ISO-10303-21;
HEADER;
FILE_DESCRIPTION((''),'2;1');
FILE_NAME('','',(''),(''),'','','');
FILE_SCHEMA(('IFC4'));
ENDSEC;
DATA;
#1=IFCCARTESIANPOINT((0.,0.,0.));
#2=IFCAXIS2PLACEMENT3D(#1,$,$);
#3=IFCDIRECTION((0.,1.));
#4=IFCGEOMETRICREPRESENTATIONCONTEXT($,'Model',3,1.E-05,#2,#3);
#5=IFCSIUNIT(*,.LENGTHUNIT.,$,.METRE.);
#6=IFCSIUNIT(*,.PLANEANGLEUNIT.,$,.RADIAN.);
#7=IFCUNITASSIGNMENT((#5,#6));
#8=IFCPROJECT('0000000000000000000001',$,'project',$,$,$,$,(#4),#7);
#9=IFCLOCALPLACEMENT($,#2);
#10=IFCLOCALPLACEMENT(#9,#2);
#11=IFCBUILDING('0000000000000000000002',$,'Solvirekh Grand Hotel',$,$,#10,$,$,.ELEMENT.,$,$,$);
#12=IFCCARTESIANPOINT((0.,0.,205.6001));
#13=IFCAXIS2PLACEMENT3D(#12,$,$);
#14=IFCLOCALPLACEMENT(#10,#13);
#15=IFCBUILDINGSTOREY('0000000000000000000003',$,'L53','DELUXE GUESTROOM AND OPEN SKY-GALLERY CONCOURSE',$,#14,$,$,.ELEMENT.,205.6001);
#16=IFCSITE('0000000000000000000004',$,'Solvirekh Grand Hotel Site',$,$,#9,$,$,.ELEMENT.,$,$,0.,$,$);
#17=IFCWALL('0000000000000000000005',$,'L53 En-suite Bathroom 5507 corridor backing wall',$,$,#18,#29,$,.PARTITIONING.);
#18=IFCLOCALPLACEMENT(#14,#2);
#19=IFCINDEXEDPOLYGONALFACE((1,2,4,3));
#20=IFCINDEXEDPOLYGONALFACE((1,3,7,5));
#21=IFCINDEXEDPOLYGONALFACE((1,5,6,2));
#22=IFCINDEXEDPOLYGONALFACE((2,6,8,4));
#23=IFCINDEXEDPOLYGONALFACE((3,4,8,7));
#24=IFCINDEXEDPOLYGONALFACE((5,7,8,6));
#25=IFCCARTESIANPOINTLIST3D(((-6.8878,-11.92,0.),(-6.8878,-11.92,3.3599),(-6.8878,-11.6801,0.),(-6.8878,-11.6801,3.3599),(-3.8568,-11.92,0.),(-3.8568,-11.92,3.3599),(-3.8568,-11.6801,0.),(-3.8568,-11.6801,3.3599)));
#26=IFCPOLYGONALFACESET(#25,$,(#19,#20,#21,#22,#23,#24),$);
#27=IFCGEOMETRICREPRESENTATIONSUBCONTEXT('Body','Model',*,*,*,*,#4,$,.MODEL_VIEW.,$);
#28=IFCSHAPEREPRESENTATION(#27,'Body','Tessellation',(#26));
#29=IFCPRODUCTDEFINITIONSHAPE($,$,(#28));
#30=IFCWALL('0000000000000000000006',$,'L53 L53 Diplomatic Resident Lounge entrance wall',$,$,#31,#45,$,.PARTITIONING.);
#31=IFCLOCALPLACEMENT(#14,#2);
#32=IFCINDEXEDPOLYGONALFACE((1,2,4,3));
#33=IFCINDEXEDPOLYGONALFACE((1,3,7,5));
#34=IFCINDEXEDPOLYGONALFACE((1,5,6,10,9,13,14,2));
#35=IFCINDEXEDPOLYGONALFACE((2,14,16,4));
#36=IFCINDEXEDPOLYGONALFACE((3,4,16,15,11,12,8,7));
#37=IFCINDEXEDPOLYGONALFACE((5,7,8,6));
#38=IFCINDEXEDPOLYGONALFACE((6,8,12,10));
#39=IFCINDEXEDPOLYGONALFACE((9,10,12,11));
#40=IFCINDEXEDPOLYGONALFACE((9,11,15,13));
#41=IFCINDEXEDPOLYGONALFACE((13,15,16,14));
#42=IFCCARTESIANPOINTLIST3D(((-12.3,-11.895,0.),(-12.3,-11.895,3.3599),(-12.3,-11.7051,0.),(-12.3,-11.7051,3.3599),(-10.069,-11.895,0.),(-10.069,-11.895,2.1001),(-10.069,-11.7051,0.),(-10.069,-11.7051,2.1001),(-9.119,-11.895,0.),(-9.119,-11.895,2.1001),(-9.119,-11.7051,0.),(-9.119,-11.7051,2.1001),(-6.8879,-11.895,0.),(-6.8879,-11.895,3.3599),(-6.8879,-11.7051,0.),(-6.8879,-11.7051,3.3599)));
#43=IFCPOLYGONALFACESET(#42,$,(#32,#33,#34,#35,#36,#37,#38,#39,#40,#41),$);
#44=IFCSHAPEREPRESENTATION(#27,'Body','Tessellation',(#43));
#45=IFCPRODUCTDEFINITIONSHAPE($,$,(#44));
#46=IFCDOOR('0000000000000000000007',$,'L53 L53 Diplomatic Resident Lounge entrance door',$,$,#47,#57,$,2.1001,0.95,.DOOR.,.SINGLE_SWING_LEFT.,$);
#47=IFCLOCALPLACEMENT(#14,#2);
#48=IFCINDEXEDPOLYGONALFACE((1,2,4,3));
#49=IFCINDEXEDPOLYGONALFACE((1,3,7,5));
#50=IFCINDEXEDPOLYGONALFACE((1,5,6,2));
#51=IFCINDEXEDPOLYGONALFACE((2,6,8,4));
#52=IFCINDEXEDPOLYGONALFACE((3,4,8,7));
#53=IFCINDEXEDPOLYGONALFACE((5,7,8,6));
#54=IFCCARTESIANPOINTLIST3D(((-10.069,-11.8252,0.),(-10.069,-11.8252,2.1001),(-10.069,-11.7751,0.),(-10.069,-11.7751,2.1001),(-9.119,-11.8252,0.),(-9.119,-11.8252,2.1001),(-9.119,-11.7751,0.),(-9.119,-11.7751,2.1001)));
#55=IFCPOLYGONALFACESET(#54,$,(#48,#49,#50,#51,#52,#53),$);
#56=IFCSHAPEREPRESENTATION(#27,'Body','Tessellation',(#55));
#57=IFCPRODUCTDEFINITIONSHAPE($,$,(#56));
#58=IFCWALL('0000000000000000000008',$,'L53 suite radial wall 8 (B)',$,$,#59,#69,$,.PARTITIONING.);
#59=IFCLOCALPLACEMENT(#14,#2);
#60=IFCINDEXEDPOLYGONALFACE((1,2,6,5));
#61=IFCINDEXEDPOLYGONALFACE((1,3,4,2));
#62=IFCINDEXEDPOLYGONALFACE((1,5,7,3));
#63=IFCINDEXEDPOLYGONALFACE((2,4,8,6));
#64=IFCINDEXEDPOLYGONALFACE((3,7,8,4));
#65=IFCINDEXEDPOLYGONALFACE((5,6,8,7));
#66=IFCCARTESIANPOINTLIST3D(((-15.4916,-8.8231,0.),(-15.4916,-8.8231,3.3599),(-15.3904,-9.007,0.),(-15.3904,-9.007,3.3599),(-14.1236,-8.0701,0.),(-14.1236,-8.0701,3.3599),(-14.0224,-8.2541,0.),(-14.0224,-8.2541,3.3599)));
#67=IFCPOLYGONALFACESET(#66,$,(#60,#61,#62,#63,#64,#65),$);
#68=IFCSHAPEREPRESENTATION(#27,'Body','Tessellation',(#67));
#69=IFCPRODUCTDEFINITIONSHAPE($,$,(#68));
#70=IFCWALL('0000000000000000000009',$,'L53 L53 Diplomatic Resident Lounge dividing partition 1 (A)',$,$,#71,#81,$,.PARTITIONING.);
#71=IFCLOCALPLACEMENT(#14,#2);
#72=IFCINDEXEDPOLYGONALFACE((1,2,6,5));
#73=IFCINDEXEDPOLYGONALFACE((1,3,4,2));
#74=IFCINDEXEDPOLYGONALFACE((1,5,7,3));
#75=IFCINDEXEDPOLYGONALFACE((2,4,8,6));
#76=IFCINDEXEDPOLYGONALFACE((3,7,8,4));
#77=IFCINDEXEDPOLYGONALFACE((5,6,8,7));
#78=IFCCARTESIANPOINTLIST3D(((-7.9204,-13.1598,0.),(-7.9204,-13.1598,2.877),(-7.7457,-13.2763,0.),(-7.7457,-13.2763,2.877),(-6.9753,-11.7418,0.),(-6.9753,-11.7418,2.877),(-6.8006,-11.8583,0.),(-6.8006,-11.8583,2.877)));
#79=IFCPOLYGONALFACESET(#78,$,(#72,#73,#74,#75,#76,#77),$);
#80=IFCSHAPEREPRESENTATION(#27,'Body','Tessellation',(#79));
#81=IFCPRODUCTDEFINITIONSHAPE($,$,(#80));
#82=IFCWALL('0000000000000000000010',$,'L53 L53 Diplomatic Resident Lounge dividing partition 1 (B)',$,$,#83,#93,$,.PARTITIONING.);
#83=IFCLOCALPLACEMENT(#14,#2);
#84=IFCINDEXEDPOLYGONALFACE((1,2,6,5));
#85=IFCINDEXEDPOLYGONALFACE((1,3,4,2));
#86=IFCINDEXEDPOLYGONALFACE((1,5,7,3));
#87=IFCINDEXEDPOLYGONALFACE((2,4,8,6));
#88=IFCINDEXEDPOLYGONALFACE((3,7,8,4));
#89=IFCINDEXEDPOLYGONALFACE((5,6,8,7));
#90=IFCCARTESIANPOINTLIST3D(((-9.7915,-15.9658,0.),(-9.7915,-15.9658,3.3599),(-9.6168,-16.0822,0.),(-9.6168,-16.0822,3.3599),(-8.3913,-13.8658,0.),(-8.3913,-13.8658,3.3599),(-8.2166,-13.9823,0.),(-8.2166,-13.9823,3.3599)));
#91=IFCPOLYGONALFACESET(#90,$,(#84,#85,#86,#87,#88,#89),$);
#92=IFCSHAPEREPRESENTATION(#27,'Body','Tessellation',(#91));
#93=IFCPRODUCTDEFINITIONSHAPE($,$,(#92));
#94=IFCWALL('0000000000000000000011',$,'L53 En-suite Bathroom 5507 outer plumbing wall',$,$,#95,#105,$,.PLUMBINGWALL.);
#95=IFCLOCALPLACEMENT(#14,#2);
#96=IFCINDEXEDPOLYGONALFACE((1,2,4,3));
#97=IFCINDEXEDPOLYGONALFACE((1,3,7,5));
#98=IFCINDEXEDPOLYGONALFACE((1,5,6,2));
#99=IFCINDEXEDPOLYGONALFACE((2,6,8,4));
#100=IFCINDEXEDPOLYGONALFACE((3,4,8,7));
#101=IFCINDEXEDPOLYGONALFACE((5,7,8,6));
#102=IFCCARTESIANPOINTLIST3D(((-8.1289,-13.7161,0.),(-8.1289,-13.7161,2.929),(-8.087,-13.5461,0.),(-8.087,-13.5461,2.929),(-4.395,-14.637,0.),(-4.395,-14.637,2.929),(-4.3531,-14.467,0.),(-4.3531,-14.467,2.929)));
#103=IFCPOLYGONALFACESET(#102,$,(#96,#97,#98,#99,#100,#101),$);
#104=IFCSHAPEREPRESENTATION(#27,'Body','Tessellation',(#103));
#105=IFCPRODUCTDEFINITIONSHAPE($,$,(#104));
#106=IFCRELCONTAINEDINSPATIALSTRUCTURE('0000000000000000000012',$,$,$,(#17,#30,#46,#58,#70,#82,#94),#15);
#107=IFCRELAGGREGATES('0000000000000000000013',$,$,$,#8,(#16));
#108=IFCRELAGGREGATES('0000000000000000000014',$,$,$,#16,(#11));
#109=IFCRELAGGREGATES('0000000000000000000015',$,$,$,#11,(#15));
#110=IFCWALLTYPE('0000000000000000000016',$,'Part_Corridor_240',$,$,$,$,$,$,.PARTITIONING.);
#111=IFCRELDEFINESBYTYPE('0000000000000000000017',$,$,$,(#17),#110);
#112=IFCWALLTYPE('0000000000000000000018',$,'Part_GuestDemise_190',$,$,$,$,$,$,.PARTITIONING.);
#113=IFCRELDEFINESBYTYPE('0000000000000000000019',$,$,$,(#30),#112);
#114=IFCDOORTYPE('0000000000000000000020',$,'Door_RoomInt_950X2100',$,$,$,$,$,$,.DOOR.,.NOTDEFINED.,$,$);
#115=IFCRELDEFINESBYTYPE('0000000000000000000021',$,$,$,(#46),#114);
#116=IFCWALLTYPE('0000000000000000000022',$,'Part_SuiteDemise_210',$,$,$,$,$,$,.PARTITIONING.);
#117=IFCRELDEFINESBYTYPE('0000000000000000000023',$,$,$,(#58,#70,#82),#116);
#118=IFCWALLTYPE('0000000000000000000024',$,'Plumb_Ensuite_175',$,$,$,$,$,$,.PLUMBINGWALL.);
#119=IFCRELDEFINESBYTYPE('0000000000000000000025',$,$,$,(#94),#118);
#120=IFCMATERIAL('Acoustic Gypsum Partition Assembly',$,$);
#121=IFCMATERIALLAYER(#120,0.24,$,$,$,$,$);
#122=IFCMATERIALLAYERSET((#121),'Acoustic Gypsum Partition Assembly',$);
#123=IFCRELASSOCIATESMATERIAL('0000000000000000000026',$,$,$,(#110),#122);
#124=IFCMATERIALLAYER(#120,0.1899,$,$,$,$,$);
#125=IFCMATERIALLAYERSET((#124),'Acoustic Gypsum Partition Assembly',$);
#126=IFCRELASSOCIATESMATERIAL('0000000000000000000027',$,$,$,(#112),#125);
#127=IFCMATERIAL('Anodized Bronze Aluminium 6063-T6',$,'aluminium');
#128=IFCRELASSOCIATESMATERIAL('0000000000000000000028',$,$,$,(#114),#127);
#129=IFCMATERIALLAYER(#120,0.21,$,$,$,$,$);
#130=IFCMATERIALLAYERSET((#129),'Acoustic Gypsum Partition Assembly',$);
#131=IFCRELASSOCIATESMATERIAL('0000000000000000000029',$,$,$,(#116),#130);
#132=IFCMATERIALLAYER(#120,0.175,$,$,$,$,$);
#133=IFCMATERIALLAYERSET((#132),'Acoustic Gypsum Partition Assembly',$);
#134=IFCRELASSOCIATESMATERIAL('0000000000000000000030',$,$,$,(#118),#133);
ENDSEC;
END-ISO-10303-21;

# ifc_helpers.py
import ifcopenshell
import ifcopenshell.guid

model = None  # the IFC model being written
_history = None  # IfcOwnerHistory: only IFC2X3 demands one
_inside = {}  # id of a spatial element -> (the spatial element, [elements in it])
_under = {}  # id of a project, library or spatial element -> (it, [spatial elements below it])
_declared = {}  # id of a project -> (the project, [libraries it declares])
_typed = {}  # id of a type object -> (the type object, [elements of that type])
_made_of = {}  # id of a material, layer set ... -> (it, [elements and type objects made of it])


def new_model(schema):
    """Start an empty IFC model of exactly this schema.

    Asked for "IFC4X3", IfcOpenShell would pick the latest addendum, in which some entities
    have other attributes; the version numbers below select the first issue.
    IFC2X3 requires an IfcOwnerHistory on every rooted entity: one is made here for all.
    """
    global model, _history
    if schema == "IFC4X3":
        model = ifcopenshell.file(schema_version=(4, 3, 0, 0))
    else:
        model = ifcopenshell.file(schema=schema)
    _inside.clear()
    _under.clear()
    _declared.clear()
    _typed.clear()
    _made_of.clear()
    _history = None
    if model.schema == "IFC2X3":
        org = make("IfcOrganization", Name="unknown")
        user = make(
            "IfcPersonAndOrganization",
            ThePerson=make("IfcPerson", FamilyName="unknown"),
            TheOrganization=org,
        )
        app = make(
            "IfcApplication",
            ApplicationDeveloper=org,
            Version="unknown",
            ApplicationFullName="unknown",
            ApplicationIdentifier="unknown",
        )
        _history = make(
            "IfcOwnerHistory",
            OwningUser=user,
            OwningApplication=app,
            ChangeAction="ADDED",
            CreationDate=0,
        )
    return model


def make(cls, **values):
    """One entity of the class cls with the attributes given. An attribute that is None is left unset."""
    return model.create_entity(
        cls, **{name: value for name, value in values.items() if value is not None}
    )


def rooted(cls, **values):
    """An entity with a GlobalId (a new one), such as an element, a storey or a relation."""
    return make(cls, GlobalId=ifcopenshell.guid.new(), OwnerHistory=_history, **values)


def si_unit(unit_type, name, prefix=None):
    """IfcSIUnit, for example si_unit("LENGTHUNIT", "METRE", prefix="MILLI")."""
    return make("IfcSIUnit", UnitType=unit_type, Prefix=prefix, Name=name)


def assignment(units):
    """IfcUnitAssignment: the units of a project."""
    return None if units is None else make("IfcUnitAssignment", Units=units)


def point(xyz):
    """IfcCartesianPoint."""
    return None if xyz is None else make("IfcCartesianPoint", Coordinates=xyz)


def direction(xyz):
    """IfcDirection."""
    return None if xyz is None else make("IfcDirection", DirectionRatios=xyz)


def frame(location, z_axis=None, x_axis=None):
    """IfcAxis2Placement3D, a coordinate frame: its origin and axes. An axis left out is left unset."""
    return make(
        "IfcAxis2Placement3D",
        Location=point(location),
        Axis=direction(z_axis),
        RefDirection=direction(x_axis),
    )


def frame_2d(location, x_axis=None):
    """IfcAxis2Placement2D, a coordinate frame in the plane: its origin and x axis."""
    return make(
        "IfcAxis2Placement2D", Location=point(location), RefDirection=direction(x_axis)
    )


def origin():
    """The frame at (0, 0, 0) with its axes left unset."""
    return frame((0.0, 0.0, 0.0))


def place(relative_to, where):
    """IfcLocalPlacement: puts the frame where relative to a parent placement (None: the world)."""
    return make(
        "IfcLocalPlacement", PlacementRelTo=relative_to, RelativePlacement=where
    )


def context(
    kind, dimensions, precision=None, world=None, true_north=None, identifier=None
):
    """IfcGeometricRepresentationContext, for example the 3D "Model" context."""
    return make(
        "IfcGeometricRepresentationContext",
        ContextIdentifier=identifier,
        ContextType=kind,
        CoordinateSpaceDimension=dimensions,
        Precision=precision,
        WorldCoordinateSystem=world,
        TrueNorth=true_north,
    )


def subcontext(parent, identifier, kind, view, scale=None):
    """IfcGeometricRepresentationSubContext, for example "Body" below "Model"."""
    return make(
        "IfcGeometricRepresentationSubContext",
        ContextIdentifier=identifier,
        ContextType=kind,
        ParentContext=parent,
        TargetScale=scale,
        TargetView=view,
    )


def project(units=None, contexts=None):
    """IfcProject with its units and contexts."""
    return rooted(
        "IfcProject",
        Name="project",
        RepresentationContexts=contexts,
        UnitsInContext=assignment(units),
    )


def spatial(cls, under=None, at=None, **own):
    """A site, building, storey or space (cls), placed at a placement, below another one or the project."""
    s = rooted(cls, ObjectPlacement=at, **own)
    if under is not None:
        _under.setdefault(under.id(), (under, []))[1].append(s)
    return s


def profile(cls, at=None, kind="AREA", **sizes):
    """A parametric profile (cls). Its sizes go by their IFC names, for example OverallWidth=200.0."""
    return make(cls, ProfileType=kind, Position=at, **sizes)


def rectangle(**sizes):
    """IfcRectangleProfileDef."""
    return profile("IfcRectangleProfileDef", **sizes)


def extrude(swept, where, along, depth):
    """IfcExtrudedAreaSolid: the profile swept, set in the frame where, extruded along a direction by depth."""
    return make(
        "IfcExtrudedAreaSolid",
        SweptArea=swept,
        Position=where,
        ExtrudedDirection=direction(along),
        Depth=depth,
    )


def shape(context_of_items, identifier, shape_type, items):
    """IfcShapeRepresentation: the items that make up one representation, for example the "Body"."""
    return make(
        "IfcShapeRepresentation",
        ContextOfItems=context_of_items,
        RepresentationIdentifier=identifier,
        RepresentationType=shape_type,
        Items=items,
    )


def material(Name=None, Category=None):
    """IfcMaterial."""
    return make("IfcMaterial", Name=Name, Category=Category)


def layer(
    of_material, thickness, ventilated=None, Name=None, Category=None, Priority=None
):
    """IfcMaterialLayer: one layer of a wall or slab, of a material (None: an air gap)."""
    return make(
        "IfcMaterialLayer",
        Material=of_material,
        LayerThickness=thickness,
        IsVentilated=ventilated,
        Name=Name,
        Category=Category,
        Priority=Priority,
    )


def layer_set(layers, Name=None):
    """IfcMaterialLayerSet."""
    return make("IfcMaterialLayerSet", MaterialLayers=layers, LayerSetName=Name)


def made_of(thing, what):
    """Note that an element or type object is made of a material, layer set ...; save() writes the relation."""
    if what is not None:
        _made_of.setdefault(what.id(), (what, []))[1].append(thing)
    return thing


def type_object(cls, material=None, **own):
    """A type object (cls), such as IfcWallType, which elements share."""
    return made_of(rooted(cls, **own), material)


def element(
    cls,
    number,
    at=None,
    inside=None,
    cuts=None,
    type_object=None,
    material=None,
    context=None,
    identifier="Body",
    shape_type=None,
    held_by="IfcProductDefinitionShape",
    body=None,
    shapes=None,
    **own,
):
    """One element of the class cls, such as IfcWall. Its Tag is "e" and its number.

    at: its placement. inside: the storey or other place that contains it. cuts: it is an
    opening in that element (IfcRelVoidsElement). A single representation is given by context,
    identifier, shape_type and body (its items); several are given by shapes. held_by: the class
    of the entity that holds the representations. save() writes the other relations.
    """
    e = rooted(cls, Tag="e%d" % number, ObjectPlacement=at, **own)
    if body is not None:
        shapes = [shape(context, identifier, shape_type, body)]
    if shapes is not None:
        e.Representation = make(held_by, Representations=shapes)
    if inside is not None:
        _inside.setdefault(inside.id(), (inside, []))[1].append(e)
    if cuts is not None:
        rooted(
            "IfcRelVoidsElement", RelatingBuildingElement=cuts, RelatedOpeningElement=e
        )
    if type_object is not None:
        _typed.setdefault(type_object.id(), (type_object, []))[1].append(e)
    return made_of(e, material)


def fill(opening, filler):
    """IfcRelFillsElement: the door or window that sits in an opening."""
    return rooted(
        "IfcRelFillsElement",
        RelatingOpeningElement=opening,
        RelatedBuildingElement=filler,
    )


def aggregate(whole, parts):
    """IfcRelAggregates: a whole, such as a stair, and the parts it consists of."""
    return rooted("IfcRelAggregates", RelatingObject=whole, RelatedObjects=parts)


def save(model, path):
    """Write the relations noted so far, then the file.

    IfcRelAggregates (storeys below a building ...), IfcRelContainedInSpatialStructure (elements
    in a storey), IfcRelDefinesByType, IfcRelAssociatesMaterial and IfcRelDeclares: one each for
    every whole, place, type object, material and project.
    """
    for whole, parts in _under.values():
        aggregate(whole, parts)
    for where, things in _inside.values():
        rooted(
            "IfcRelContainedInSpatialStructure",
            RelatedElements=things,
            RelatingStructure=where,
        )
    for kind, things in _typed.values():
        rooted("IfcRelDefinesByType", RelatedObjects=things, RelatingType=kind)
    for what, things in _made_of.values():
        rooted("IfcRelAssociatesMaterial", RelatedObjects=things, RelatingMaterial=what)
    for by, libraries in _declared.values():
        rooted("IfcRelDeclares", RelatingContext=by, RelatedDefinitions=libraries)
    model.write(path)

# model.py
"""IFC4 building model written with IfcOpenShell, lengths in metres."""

from ifc_helpers import new_model, si_unit, direction, frame, frame_2d, origin, place, context, subcontext, project, spatial, rectangle, extrude, material, layer, layer_set, type_object, element, fill, save


model = new_model("IFC4")

# Units and contexts
model_context = context("Model", 3, precision=1e-05, world=origin(), true_north=direction((0.0, 1.0)))
body_context = subcontext(model_context, "Body", "Model", "MODEL_VIEW")
ifc_project = project(units=[si_unit("LENGTHUNIT", "METRE"), si_unit("PLANEANGLEUNIT", "RADIAN")], contexts=[model_context])

# Site, building, storey
site_placement = place(None, origin())
site = spatial("IfcSite", under=ifc_project, at=site_placement, Name="Solvirekh Grand Hotel Site", CompositionType="ELEMENT", RefElevation=0.0)
building_placement = place(site_placement, origin())
building = spatial("IfcBuilding", under=site, at=building_placement, Name="Solvirekh Grand Hotel", CompositionType="ELEMENT")
storey_placement = place(building_placement, frame((0.0, 0.0, 205.6001)))
storey = spatial("IfcBuildingStorey", under=building, at=storey_placement, Name="L53", Description="DELUXE GUESTROOM AND OPEN SKY-GALLERY CONCOURSE", CompositionType="ELEMENT", Elevation=205.6001)

# Shared definitions
ifc_material_1 = material(Name="Anodized Bronze Aluminium 6063-T6", Category="aluminium")

# Wall
ifc_material_2 = material(Name="Acoustic Gypsum Partition Assembly")
ifc_layer_1 = layer(ifc_material_2, 0.24)
ifc_layer_set_1 = layer_set([ifc_layer_1], Name="Acoustic Gypsum Partition Assembly")
wall_type_1 = type_object("IfcWallType", Name="Part_Corridor_240", PredefinedType="PARTITIONING", material=ifc_layer_set_1)
wall_1_placement = place(storey_placement, frame((-6.8879, -11.8, 0.0), z_axis=(0.0, 0.0, 1.0), x_axis=(1.0, 0.0, 0.0)))
element("IfcWall", 1, at=wall_1_placement, inside=storey, type_object=wall_type_1, Name="L53 En-suite Bathroom 5507 corridor backing wall", PredefinedType="PARTITIONING", context=body_context, shape_type="SweptSolid", body=[
    extrude(rectangle(XDim=3.031, YDim=0.24, at=frame_2d((1.5156, 0.0))), origin(), (0.0, 0.0, 1.0), 3.3599),
])

# Wall, opening, door
ifc_layer_2 = layer(ifc_material_2, 0.1899)
ifc_layer_set_2 = layer_set([ifc_layer_2], Name="Acoustic Gypsum Partition Assembly")
wall_type_2 = type_object("IfcWallType", Name="Part_GuestDemise_190", PredefinedType="PARTITIONING", material=ifc_layer_set_2)
wall_2_placement = place(storey_placement, frame((-12.3, -11.8, 0.0), z_axis=(0.0, 0.0, 1.0), x_axis=(1.0, 0.0, 0.0)))
wall_2 = element("IfcWall", 2, at=wall_2_placement, inside=storey, type_object=wall_type_2, Name="L53 L53 Diplomatic Resident Lounge entrance wall", PredefinedType="PARTITIONING", context=body_context, shape_type="SweptSolid", body=[
    extrude(rectangle(XDim=5.4121, YDim=0.1899, at=frame_2d((2.7061, 0.0))), origin(), (0.0, 0.0, 1.0), 3.3599),
])
opening_1_placement = place(wall_2_placement, frame((2.231, 0.0, 0.0)))
opening_1 = element("IfcOpeningElement", 3, at=opening_1_placement, cuts=wall_2, PredefinedType="OPENING", context=body_context, shape_type="SweptSolid", body=[
    extrude(rectangle(XDim=0.95, YDim=2.1001, at=frame_2d((0.4751, 1.05))), frame((0.0, 0.105, 0.0), z_axis=(0.0, -1.0, 0.0), x_axis=(1.0, 0.0, 0.0)), (0.0, 0.0, 1.0), 0.21),
])
door_type_1 = type_object("IfcDoorType", Name="Door_RoomInt_950X2100", OperationType="NOTDEFINED", PredefinedType="DOOR", material=ifc_material_1)
door_1_placement = place(opening_1_placement, origin())
door_1 = element("IfcDoor", 4, at=door_1_placement, inside=storey, type_object=door_type_1, Name="L53 L53 Diplomatic Resident Lounge entrance door", OperationType="SINGLE_SWING_LEFT", OverallHeight=2.1001, OverallWidth=0.95, PredefinedType="DOOR", context=body_context, shape_type="SweptSolid", body=[
    extrude(rectangle(XDim=0.95, YDim=2.1001, at=frame_2d((0.4751, 1.05))), frame((0.0, 0.0249, 0.0), z_axis=(0.0, -1.0, 0.0), x_axis=(1.0, 0.0, 0.0)), (0.0, 0.0, 1.0), 0.05),
])
fill(opening_1, door_1)

# Walls
ifc_layer_3 = layer(ifc_material_2, 0.21)
ifc_layer_set_3 = layer_set([ifc_layer_3], Name="Acoustic Gypsum Partition Assembly")
wall_type_3 = type_object("IfcWallType", Name="Part_SuiteDemise_210", PredefinedType="PARTITIONING", material=ifc_layer_set_3)
wall_3_placement = place(storey_placement, frame((-14.073, -8.1621, 0.0), z_axis=(0.0, 0.0, 1.0), x_axis=(-0.876061, -0.482201, 0.0)))
element("IfcWall", 5, at=wall_3_placement, inside=storey, type_object=wall_type_3, Name="L53 suite radial wall 8 (B)", PredefinedType="PARTITIONING", context=body_context, shape_type="SweptSolid", body=[
    extrude(rectangle(XDim=1.5615, YDim=0.21, at=frame_2d((0.7808, 0.0))), origin(), (0.0, 0.0, 1.0), 3.3599),
])
wall_4_placement = place(storey_placement, frame((-6.8879, -11.8, 0.0), z_axis=(0.0, 0.0, 1.0), x_axis=(-0.554601, -0.832116, 0.0)))
element("IfcWall", 6, at=wall_4_placement, inside=storey, type_object=wall_type_3, Name="L53 L53 Diplomatic Resident Lounge dividing partition 1 (A)", PredefinedType="PARTITIONING", context=body_context, shape_type="SweptSolid", body=[
    extrude(rectangle(XDim=1.7041, YDim=0.21, at=frame_2d((0.8521, 0.0))), origin(), (0.0, 0.0, 1.0), 2.877),
])
wall_5_placement = place(storey_placement, frame((-8.304, -13.9241, 0.0), z_axis=(0.0, 0.0, 1.0), x_axis=(-0.554767, -0.832006, 0.0)))
element("IfcWall", 7, at=wall_5_placement, inside=storey, type_object=wall_type_3, Name="L53 L53 Diplomatic Resident Lounge dividing partition 1 (B)", PredefinedType="PARTITIONING", context=body_context, shape_type="SweptSolid", body=[
    extrude(rectangle(XDim=2.5239, YDim=0.21, at=frame_2d((1.262, 0.0))), origin(), (0.0, 0.0, 1.0), 3.3599),
])
ifc_layer_4 = layer(ifc_material_2, 0.175)
ifc_layer_set_4 = layer_set([ifc_layer_4], Name="Acoustic Gypsum Partition Assembly")
wall_type_4 = type_object("IfcWallType", Name="Plumb_Ensuite_175", PredefinedType="PLUMBINGWALL", material=ifc_layer_set_4)
wall_6_placement = place(storey_placement, frame((-8.1079, -13.6311, 0.0), z_axis=(0.0, 0.0, 1.0), x_axis=(0.970907, -0.239457, 0.0)))
element("IfcWall", 8, at=wall_6_placement, inside=storey, type_object=wall_type_4, Name="L53 En-suite Bathroom 5507 outer plumbing wall", PredefinedType="PLUMBINGWALL", context=body_context, shape_type="SweptSolid", body=[
    extrude(rectangle(XDim=3.8457, YDim=0.175, at=frame_2d((1.9229, 0.0))), origin(), (0.0, 0.0, 1.0), 2.929),
])

save(model, "model.ifc")
